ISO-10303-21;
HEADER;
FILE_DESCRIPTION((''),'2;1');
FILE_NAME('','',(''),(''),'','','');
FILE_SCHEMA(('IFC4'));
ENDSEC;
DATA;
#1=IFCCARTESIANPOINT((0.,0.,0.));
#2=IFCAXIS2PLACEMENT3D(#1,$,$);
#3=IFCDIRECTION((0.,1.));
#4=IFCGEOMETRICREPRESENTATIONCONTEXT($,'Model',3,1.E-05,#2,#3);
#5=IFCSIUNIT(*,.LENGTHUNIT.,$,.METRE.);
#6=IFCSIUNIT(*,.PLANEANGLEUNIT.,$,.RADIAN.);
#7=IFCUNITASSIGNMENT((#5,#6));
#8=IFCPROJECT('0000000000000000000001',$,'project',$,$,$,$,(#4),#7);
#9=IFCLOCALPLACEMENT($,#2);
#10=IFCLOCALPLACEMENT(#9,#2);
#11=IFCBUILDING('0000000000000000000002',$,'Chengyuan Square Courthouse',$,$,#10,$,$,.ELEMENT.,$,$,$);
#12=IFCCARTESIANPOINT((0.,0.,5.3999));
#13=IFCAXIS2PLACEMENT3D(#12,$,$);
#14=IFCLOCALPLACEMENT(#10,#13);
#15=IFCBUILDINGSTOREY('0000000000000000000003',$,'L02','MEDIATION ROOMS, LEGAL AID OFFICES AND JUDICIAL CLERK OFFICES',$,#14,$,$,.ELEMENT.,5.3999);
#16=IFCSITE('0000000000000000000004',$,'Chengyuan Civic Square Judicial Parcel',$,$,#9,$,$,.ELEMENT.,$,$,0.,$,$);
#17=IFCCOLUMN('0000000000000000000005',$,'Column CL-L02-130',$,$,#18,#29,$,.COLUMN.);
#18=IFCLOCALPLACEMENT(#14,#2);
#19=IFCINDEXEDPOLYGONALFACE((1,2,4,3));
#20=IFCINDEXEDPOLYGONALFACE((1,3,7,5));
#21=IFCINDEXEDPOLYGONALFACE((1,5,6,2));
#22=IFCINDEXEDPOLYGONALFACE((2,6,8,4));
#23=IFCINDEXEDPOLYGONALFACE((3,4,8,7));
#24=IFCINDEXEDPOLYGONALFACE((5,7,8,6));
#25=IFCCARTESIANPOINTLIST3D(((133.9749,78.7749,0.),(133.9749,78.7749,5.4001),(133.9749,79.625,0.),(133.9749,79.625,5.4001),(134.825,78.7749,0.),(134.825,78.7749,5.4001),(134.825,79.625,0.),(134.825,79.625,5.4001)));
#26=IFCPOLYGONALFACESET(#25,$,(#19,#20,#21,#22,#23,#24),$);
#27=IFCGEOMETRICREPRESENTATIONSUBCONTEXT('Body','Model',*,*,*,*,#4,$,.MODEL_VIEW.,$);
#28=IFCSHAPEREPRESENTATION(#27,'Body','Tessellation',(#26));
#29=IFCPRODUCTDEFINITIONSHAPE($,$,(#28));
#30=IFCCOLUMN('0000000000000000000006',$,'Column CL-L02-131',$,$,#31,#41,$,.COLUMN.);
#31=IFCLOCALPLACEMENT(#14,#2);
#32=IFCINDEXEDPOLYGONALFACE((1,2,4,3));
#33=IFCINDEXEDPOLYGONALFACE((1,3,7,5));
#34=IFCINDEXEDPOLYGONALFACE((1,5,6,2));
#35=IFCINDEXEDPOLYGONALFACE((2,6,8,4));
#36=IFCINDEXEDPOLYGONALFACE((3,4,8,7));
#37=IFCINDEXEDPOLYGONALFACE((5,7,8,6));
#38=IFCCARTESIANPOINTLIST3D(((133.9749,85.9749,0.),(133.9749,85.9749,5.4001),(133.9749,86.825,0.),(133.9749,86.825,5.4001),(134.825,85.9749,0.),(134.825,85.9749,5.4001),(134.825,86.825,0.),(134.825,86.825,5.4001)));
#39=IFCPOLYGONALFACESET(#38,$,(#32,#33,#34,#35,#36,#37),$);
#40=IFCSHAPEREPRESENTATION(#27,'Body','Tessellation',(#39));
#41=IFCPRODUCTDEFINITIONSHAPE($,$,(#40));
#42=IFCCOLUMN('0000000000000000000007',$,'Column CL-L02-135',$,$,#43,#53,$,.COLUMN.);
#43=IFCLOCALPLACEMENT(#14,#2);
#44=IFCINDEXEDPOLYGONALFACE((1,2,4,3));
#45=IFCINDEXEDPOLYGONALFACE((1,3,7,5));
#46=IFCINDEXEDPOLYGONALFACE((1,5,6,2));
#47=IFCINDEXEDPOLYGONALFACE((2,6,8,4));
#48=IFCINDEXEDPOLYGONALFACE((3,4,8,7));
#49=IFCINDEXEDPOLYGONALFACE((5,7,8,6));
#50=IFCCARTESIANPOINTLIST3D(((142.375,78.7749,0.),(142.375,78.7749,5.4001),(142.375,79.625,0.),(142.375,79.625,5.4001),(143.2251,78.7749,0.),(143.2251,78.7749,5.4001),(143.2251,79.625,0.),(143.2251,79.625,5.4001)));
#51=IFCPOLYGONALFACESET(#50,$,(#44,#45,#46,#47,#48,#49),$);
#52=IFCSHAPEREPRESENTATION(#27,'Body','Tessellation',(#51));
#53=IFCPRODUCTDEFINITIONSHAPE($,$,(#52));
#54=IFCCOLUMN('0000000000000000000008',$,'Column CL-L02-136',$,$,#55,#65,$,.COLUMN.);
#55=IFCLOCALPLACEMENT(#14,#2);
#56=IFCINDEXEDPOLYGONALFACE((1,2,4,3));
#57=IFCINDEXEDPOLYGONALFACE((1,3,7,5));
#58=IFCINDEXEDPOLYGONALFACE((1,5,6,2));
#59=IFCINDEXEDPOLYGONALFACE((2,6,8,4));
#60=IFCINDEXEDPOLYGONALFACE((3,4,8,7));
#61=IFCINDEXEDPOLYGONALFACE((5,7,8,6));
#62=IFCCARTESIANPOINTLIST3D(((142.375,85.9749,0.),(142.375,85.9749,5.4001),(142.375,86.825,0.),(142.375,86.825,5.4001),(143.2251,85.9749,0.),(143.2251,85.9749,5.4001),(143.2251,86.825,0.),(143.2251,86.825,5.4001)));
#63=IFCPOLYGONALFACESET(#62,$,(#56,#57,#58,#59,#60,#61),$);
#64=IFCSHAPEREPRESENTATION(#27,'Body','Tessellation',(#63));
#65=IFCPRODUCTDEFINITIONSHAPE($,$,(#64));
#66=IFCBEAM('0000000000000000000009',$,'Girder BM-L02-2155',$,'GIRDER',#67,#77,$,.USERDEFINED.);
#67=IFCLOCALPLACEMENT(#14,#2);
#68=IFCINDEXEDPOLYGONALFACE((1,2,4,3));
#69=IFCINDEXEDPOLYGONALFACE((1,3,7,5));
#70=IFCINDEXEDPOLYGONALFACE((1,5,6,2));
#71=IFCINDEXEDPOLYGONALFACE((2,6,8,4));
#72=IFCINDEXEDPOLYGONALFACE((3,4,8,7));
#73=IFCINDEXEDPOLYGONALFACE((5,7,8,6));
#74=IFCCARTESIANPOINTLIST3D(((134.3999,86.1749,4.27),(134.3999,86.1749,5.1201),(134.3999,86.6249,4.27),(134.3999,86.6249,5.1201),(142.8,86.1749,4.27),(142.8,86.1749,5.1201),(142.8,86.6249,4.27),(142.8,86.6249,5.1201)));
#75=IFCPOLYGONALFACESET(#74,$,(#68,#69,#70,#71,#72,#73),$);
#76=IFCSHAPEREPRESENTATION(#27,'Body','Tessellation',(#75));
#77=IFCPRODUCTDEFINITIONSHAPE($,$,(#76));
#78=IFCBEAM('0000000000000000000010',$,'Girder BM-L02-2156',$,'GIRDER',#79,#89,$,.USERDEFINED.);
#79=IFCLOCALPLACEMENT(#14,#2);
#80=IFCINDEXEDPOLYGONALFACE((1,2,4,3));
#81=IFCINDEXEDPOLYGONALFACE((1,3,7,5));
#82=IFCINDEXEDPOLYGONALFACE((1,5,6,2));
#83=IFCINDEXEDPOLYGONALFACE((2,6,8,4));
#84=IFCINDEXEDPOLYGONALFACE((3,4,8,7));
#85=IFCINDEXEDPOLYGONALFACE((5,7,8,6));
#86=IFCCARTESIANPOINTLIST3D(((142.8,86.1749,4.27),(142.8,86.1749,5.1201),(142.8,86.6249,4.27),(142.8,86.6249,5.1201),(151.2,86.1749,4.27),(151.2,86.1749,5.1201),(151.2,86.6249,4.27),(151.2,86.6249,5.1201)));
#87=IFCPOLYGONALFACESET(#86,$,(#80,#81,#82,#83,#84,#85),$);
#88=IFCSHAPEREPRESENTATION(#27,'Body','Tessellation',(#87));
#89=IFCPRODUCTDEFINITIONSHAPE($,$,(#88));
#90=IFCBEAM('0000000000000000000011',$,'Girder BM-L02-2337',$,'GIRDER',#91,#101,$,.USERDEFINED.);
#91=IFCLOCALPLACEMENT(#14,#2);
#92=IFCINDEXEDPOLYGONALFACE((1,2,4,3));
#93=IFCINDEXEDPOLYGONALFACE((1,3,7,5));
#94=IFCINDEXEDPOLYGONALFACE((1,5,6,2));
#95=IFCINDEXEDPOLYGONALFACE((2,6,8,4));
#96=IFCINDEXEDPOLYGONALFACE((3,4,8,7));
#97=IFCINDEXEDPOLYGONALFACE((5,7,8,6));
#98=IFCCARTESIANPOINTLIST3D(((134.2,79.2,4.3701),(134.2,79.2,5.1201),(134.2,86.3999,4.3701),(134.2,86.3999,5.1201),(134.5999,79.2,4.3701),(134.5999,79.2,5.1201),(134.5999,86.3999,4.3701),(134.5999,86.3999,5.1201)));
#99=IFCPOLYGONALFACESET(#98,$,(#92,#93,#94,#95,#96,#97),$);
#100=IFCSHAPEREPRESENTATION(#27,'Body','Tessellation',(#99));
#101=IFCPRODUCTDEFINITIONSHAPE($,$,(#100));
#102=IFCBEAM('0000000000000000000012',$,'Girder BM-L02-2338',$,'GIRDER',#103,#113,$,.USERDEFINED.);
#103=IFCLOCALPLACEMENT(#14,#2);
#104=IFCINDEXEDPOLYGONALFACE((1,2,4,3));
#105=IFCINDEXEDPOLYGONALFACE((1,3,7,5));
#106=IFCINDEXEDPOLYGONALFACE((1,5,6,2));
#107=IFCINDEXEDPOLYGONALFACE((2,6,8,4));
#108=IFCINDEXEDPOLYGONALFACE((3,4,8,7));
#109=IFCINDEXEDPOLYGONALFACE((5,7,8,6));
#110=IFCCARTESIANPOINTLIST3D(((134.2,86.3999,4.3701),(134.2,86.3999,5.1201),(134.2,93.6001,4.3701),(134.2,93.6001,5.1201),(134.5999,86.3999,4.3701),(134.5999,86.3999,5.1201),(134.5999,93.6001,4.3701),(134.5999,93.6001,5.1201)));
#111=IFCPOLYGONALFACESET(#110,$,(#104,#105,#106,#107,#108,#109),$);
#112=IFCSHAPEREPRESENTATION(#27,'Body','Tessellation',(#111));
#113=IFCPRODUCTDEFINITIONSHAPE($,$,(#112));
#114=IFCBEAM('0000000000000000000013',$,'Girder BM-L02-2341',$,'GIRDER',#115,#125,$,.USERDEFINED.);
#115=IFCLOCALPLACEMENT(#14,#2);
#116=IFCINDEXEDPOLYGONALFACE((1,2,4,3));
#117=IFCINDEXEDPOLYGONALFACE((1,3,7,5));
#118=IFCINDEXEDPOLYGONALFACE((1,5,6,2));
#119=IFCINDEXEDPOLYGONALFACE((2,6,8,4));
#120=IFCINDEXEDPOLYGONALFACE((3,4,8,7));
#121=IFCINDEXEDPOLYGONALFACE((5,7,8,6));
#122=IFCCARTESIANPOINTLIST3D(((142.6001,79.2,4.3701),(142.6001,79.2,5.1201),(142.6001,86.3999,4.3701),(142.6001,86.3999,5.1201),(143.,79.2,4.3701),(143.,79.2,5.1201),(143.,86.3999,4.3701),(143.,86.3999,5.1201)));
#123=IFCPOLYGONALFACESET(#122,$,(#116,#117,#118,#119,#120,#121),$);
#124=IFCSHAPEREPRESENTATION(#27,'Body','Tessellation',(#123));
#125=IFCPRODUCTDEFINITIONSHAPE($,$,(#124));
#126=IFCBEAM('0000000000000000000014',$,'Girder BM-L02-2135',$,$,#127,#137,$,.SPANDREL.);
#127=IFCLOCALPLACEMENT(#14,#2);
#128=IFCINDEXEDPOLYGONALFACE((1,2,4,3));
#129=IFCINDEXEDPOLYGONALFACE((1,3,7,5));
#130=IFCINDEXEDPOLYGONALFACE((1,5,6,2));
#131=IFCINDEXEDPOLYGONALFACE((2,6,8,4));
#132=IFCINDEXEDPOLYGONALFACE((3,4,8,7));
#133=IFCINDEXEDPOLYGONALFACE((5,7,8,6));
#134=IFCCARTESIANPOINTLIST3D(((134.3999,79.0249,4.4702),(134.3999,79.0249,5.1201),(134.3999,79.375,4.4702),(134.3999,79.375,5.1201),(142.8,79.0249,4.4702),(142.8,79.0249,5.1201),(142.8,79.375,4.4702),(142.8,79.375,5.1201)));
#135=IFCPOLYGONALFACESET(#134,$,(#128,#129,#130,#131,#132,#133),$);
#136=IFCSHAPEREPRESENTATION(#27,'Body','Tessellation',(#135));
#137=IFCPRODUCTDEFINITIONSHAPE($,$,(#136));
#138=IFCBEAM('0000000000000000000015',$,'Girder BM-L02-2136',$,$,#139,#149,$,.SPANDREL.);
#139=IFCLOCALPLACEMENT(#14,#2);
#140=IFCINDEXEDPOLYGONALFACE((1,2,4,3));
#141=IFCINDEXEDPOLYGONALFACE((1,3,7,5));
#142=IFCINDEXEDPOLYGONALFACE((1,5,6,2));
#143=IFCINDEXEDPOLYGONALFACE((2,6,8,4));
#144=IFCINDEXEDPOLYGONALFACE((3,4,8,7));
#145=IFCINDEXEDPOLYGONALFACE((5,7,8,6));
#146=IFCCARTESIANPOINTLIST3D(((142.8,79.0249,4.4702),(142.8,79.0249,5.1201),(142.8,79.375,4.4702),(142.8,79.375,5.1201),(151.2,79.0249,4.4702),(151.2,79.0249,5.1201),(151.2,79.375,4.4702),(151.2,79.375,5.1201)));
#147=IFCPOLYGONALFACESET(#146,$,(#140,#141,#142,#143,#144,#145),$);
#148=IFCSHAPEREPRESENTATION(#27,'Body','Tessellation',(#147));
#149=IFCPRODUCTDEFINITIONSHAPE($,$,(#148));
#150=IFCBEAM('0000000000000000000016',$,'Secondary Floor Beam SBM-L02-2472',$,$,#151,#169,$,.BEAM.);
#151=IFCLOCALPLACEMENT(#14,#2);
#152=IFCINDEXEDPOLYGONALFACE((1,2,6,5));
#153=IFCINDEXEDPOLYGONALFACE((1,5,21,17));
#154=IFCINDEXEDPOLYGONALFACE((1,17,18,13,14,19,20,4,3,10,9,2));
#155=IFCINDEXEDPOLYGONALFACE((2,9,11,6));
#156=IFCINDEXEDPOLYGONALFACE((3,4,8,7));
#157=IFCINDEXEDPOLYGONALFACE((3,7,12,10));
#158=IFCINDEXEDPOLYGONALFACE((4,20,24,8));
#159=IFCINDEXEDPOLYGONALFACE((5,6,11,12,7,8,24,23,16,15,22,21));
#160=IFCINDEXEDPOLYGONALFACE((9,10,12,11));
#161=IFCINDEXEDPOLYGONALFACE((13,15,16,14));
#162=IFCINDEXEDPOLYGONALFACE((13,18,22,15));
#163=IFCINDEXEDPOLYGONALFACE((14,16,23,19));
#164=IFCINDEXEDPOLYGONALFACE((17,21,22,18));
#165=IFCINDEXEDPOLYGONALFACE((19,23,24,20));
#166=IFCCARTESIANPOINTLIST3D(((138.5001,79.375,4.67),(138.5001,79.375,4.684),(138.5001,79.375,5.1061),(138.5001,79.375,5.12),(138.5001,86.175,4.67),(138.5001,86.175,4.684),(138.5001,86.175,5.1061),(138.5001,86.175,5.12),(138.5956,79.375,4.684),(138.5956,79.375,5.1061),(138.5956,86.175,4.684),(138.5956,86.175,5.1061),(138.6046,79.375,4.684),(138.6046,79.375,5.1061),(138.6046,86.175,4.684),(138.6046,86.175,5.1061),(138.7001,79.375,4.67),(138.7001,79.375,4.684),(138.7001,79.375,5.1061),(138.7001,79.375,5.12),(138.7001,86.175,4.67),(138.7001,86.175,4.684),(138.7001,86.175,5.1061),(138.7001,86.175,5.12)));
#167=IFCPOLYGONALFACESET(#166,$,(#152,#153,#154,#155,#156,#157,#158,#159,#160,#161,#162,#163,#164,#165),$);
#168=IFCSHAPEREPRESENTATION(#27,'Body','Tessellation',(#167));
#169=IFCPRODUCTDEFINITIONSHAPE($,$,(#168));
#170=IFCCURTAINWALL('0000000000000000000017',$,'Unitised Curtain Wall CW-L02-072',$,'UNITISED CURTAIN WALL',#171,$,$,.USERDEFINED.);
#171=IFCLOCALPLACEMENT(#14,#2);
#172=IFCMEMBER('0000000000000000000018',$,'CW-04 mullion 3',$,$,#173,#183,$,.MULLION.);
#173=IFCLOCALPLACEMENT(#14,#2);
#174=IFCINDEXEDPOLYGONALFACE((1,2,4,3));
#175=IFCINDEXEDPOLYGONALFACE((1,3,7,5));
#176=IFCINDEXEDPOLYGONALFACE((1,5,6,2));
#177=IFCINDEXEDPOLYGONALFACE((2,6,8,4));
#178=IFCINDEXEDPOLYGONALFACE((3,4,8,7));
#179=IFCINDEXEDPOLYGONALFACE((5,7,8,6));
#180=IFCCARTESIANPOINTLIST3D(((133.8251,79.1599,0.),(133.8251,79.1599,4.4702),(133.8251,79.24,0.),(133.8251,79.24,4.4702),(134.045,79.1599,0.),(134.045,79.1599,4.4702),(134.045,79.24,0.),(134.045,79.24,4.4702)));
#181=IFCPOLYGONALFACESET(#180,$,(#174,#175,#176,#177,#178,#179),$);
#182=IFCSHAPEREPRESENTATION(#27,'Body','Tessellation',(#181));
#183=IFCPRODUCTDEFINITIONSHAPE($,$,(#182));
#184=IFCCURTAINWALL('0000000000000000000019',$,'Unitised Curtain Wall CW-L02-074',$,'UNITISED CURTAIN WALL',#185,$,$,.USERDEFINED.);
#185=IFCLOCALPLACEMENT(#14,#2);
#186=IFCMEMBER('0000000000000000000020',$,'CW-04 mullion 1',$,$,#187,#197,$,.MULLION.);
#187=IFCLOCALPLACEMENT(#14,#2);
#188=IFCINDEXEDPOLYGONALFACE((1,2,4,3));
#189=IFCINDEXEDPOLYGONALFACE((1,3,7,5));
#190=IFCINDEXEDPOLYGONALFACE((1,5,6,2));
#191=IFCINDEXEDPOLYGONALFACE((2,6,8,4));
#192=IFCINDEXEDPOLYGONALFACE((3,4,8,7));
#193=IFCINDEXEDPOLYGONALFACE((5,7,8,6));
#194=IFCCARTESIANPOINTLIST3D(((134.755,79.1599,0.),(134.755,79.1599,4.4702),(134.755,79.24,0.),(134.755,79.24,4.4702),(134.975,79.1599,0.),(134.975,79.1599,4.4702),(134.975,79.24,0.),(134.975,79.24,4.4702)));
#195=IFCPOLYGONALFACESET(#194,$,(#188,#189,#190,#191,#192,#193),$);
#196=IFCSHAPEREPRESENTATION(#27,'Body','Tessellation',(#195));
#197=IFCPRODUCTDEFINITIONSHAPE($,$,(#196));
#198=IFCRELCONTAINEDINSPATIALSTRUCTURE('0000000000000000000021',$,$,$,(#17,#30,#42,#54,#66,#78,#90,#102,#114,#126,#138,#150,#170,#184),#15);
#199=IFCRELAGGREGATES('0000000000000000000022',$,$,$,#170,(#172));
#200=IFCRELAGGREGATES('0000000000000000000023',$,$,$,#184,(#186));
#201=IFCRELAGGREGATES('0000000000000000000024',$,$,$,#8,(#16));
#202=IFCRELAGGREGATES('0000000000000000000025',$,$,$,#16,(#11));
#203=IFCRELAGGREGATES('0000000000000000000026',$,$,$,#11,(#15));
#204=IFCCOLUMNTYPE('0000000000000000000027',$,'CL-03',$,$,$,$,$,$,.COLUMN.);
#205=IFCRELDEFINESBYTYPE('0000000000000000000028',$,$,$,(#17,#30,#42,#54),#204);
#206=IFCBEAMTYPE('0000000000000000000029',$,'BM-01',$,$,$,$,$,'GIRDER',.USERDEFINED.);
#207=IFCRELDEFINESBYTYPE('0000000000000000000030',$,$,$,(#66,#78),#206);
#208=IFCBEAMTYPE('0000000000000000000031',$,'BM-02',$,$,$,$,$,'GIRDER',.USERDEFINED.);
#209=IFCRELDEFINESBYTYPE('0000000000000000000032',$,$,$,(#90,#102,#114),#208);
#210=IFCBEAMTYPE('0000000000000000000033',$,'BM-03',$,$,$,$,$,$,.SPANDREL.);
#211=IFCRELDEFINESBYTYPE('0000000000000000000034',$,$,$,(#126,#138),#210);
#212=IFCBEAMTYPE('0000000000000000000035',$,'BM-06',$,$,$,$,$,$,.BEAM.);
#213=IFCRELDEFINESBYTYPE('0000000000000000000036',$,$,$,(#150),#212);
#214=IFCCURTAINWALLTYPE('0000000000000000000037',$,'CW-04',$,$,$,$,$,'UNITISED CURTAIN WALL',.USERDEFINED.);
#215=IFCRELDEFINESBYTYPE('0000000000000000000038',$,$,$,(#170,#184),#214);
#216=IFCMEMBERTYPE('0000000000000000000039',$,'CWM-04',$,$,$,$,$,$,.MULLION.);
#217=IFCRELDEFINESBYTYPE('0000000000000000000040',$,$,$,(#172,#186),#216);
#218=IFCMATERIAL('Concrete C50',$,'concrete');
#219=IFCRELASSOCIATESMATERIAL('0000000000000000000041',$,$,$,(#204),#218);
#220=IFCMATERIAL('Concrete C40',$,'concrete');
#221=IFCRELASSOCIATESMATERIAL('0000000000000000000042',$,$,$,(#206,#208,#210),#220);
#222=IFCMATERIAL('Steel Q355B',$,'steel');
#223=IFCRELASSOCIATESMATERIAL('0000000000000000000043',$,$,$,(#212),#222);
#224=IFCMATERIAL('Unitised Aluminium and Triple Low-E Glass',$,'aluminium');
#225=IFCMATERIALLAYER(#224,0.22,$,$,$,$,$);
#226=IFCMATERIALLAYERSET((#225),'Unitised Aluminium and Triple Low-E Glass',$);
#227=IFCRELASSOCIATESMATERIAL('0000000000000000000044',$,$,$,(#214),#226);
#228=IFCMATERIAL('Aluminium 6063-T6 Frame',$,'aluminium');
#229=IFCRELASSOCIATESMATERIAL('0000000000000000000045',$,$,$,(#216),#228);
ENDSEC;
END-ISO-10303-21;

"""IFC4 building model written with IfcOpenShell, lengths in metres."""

from ifc_helpers import new_model, si_unit, direction, frame, origin, origin_2d, place, context, subcontext, project, spatial, rectangle, i_section, extrude, material, layer, layer_set, material_profile, profile_set, type_object, element, aggregate, save


model = new_model("IFC4")

# Units and contexts
model_context = context("Model", 3, precision=1e-05, world=origin(), true_north=direction((0.0, 1.0)))
body_context = subcontext(model_context, "Body", "Model", "MODEL_VIEW")
ifc_project = project(units=[si_unit("LENGTHUNIT", "METRE"), si_unit("PLANEANGLEUNIT", "RADIAN")], contexts=[model_context])

# Site, building, storey
site_placement = place(None, origin())
site = spatial("IfcSite", under=ifc_project, at=site_placement, Name="Chengyuan Civic Square Judicial Parcel", CompositionType="ELEMENT", RefElevation=0.0)
building_placement = place(site_placement, origin())
building = spatial("IfcBuilding", under=site, at=building_placement, Name="Chengyuan Square Courthouse", CompositionType="ELEMENT")
storey_placement = place(building_placement, frame((0.0, 0.0, 5.3999)))
storey = spatial("IfcBuildingStorey", under=building, at=storey_placement, Name="L02", Description="MEDIATION ROOMS, LEGAL AID OFFICES AND JUDICIAL CLERK OFFICES", CompositionType="ELEMENT", Elevation=5.3999)

# Columns
ifc_material_1 = material(Name="Concrete C50", Category="concrete")
ifc_material_profile_1 = material_profile(ifc_material_1, rectangle(XDim=0.8501, YDim=0.8501, at=origin_2d()), Name="RC-COL-850x850")
ifc_profile_set_1 = profile_set([ifc_material_profile_1], Name="Concrete C50")
column_type = type_object("IfcColumnType", Name="CL-03", PredefinedType="COLUMN", material=ifc_profile_set_1)
for number, where, z_axis, x_axis, name in (
    (1, (134.3999, 79.2, 0.0), (0.0, 0.0, 1.0), (1.0, 0.0, 0.0), "Column CL-L02-130"),
    (2, (134.3999, 86.3999, 0.0), (0.0, 0.0, 1.0), (1.0, 0.0, 0.0), "Column CL-L02-131"),
    (3, (142.8, 79.2, 0.0), (0.0, 0.0, 1.0), (1.0, 0.0, 0.0), "Column CL-L02-135"),
    (4, (142.8, 86.3999, 0.0), (0.0, 0.0, 1.0), (1.0, 0.0, 0.0), "Column CL-L02-136"),
):
    element("IfcColumn", number, at=place(storey_placement, frame(where, z_axis=z_axis, x_axis=x_axis)), inside=storey, type_object=column_type, Name=name, PredefinedType="COLUMN", context=body_context, shape_type="SweptSolid", body=[
        extrude(rectangle(XDim=0.8501, YDim=0.8501, at=origin_2d()), origin(), (0.0, 0.0, 1.0), 5.4001),
    ])

# Beams
ifc_material_2 = material(Name="Concrete C40", Category="concrete")
ifc_material_profile_2 = material_profile(ifc_material_2, rectangle(XDim=0.45, YDim=0.8501, at=origin_2d()), Name="RC-BM-450x850")
ifc_profile_set_2 = profile_set([ifc_material_profile_2], Name="Concrete C40")
beam_type_1 = type_object("IfcBeamType", Name="BM-01", ElementType="GIRDER", PredefinedType="USERDEFINED", material=ifc_profile_set_2)
beam_1_placement = place(storey_placement, frame((134.3999, 86.3999, 4.6951), z_axis=(1.0, 0.0, 0.0), x_axis=(0.0, 1.0, 0.0)))
element("IfcBeam", 5, at=beam_1_placement, inside=storey, type_object=beam_type_1, Name="Girder BM-L02-2155", ObjectType="GIRDER", PredefinedType="USERDEFINED", context=body_context, shape_type="SweptSolid", body=[
    extrude(rectangle(XDim=0.45, YDim=0.8501, at=origin_2d()), origin(), (0.0, 0.0, 1.0), 8.4001),
])
beam_2_placement = place(storey_placement, frame((142.8, 86.3999, 4.6951), z_axis=(1.0, 0.0, 0.0), x_axis=(0.0, 1.0, 0.0)))
element("IfcBeam", 6, at=beam_2_placement, inside=storey, type_object=beam_type_1, Name="Girder BM-L02-2156", ObjectType="GIRDER", PredefinedType="USERDEFINED", context=body_context, shape_type="SweptSolid", body=[
    extrude(rectangle(XDim=0.45, YDim=0.8501, at=origin_2d()), origin(), (0.0, 0.0, 1.0), 8.3999),
])
ifc_material_profile_3 = material_profile(ifc_material_2, rectangle(XDim=0.3999, YDim=0.75, at=origin_2d()), Name="RC-BM-400x750")
ifc_profile_set_3 = profile_set([ifc_material_profile_3], Name="Concrete C40")
beam_type_2 = type_object("IfcBeamType", Name="BM-02", ElementType="GIRDER", PredefinedType="USERDEFINED", material=ifc_profile_set_3)
beam_3_placement = place(storey_placement, frame((134.3999, 79.2, 4.7451), z_axis=(0.0, 1.0, 0.0), x_axis=(-1.0, 0.0, 0.0)))
element("IfcBeam", 7, at=beam_3_placement, inside=storey, type_object=beam_type_2, Name="Girder BM-L02-2337", ObjectType="GIRDER", PredefinedType="USERDEFINED", context=body_context, shape_type="SweptSolid", body=[
    extrude(rectangle(XDim=0.3999, YDim=0.75, at=origin_2d()), origin(), (0.0, 0.0, 1.0), 7.2),
])
beam_4_placement = place(storey_placement, frame((134.3999, 86.3999, 4.7451), z_axis=(0.0, 1.0, 0.0), x_axis=(-1.0, 0.0, 0.0)))
element("IfcBeam", 8, at=beam_4_placement, inside=storey, type_object=beam_type_2, Name="Girder BM-L02-2338", ObjectType="GIRDER", PredefinedType="USERDEFINED", context=body_context, shape_type="SweptSolid", body=[
    extrude(rectangle(XDim=0.3999, YDim=0.75, at=origin_2d()), origin(), (0.0, 0.0, 1.0), 7.2002),
])
beam_5_placement = place(storey_placement, frame((142.8, 79.2, 4.7451), z_axis=(0.0, 1.0, 0.0), x_axis=(-1.0, 0.0, 0.0)))
element("IfcBeam", 9, at=beam_5_placement, inside=storey, type_object=beam_type_2, Name="Girder BM-L02-2341", ObjectType="GIRDER", PredefinedType="USERDEFINED", context=body_context, shape_type="SweptSolid", body=[
    extrude(rectangle(XDim=0.3999, YDim=0.75, at=origin_2d()), origin(), (0.0, 0.0, 1.0), 7.2),
])
ifc_material_profile_4 = material_profile(ifc_material_2, rectangle(XDim=0.3501, YDim=0.6499, at=origin_2d()), Name="RC-BM-350x650")
ifc_profile_set_4 = profile_set([ifc_material_profile_4], Name="Concrete C40")
beam_type_3 = type_object("IfcBeamType", Name="BM-03", PredefinedType="SPANDREL", material=ifc_profile_set_4)
beam_6_placement = place(storey_placement, frame((134.3999, 79.2, 4.7952), z_axis=(1.0, 0.0, 0.0), x_axis=(0.0, 1.0, 0.0)))
element("IfcBeam", 10, at=beam_6_placement, inside=storey, type_object=beam_type_3, Name="Girder BM-L02-2135", PredefinedType="SPANDREL", context=body_context, shape_type="SweptSolid", body=[
    extrude(rectangle(XDim=0.3501, YDim=0.6499, at=origin_2d()), origin(), (0.0, 0.0, 1.0), 8.4001),
])
beam_7_placement = place(storey_placement, frame((142.8, 79.2, 4.7952), z_axis=(1.0, 0.0, 0.0), x_axis=(0.0, 1.0, 0.0)))
element("IfcBeam", 11, at=beam_7_placement, inside=storey, type_object=beam_type_3, Name="Girder BM-L02-2136", PredefinedType="SPANDREL", context=body_context, shape_type="SweptSolid", body=[
    extrude(rectangle(XDim=0.3501, YDim=0.6499, at=origin_2d()), origin(), (0.0, 0.0, 1.0), 8.3999),
])
ifc_material_3 = material(Name="Steel Q355B", Category="steel")
ifc_material_profile_5 = material_profile(ifc_material_3, i_section(OverallWidth=0.2, OverallDepth=0.45, WebThickness=0.009, FlangeThickness=0.0139, at=origin_2d()), Name="HN 450x200x9x14")
ifc_profile_set_5 = profile_set([ifc_material_profile_5], Name="Steel Q355B")
beam_type_4 = type_object("IfcBeamType", Name="BM-06", PredefinedType="BEAM", material=ifc_profile_set_5)
beam_8_placement = place(storey_placement, frame((138.6001, 79.375, 4.895), z_axis=(0.0, 1.0, 0.0), x_axis=(-1.0, 0.0, 0.0)))
element("IfcBeam", 12, at=beam_8_placement, inside=storey, type_object=beam_type_4, Name="Secondary Floor Beam SBM-L02-2472", PredefinedType="BEAM", context=body_context, shape_type="SweptSolid", body=[
    extrude(i_section(OverallWidth=0.2, OverallDepth=0.45, WebThickness=0.009, FlangeThickness=0.0139, at=origin_2d()), origin(), (0.0, 0.0, 1.0), 6.8),
])

# Curtain wall, member
ifc_material_4 = material(Name="Unitised Aluminium and Triple Low-E Glass", Category="aluminium")
ifc_layer_1 = layer(ifc_material_4, 0.22)
ifc_layer_set_1 = layer_set([ifc_layer_1], Name="Unitised Aluminium and Triple Low-E Glass")
curtain_wall_type = type_object("IfcCurtainWallType", Name="CW-04", ElementType="UNITISED CURTAIN WALL", PredefinedType="USERDEFINED", material=ifc_layer_set_1)
curtain_wall_1_placement = place(storey_placement, origin())
curtain_wall_1 = element("IfcCurtainWall", 13, at=curtain_wall_1_placement, inside=storey, type_object=curtain_wall_type, Name="Unitised Curtain Wall CW-L02-072", ObjectType="UNITISED CURTAIN WALL", PredefinedType="USERDEFINED")
ifc_material_5 = material(Name="Aluminium 6063-T6 Frame", Category="aluminium")
ifc_material_profile_6 = material_profile(ifc_material_5, rectangle(XDim=0.0801, YDim=0.22, at=origin_2d()), Name="CW-MUL-80x220")
ifc_profile_set_6 = profile_set([ifc_material_profile_6], Name="Aluminium 6063-T6 Frame")
member_type_1 = type_object("IfcMemberType", Name="CWM-04", PredefinedType="MULLION", material=ifc_profile_set_6)
member_1_placement = place(storey_placement, frame((133.9351, 79.2, 0.0), z_axis=(0.0, 0.0, 1.0), x_axis=(0.0, 1.0, 0.0)))
member_1 = element("IfcMember", 14, at=member_1_placement, type_object=member_type_1, Name="CW-04 mullion 3", PredefinedType="MULLION", context=body_context, shape_type="SweptSolid", body=[
    extrude(rectangle(XDim=0.0801, YDim=0.22, at=origin_2d()), origin(), (0.0, 0.0, 1.0), 4.4702),
])
aggregate(curtain_wall_1, [member_1])

# Curtain wall, member
curtain_wall_2_placement = place(storey_placement, origin())
curtain_wall_2 = element("IfcCurtainWall", 15, at=curtain_wall_2_placement, inside=storey, type_object=curtain_wall_type, Name="Unitised Curtain Wall CW-L02-074", ObjectType="UNITISED CURTAIN WALL", PredefinedType="USERDEFINED")
member_2_placement = place(storey_placement, frame((134.865, 79.2, 0.0), z_axis=(0.0, 0.0, 1.0), x_axis=(0.0, 1.0, 0.0)))
member_2 = element("IfcMember", 16, at=member_2_placement, type_object=member_type_1, Name="CW-04 mullion 1", PredefinedType="MULLION", context=body_context, shape_type="SweptSolid", body=[
    extrude(rectangle(XDim=0.0801, YDim=0.22, at=origin_2d()), origin(), (0.0, 0.0, 1.0), 4.4702),
])
aggregate(curtain_wall_2, [member_2])

save(model, "model.ifc")
